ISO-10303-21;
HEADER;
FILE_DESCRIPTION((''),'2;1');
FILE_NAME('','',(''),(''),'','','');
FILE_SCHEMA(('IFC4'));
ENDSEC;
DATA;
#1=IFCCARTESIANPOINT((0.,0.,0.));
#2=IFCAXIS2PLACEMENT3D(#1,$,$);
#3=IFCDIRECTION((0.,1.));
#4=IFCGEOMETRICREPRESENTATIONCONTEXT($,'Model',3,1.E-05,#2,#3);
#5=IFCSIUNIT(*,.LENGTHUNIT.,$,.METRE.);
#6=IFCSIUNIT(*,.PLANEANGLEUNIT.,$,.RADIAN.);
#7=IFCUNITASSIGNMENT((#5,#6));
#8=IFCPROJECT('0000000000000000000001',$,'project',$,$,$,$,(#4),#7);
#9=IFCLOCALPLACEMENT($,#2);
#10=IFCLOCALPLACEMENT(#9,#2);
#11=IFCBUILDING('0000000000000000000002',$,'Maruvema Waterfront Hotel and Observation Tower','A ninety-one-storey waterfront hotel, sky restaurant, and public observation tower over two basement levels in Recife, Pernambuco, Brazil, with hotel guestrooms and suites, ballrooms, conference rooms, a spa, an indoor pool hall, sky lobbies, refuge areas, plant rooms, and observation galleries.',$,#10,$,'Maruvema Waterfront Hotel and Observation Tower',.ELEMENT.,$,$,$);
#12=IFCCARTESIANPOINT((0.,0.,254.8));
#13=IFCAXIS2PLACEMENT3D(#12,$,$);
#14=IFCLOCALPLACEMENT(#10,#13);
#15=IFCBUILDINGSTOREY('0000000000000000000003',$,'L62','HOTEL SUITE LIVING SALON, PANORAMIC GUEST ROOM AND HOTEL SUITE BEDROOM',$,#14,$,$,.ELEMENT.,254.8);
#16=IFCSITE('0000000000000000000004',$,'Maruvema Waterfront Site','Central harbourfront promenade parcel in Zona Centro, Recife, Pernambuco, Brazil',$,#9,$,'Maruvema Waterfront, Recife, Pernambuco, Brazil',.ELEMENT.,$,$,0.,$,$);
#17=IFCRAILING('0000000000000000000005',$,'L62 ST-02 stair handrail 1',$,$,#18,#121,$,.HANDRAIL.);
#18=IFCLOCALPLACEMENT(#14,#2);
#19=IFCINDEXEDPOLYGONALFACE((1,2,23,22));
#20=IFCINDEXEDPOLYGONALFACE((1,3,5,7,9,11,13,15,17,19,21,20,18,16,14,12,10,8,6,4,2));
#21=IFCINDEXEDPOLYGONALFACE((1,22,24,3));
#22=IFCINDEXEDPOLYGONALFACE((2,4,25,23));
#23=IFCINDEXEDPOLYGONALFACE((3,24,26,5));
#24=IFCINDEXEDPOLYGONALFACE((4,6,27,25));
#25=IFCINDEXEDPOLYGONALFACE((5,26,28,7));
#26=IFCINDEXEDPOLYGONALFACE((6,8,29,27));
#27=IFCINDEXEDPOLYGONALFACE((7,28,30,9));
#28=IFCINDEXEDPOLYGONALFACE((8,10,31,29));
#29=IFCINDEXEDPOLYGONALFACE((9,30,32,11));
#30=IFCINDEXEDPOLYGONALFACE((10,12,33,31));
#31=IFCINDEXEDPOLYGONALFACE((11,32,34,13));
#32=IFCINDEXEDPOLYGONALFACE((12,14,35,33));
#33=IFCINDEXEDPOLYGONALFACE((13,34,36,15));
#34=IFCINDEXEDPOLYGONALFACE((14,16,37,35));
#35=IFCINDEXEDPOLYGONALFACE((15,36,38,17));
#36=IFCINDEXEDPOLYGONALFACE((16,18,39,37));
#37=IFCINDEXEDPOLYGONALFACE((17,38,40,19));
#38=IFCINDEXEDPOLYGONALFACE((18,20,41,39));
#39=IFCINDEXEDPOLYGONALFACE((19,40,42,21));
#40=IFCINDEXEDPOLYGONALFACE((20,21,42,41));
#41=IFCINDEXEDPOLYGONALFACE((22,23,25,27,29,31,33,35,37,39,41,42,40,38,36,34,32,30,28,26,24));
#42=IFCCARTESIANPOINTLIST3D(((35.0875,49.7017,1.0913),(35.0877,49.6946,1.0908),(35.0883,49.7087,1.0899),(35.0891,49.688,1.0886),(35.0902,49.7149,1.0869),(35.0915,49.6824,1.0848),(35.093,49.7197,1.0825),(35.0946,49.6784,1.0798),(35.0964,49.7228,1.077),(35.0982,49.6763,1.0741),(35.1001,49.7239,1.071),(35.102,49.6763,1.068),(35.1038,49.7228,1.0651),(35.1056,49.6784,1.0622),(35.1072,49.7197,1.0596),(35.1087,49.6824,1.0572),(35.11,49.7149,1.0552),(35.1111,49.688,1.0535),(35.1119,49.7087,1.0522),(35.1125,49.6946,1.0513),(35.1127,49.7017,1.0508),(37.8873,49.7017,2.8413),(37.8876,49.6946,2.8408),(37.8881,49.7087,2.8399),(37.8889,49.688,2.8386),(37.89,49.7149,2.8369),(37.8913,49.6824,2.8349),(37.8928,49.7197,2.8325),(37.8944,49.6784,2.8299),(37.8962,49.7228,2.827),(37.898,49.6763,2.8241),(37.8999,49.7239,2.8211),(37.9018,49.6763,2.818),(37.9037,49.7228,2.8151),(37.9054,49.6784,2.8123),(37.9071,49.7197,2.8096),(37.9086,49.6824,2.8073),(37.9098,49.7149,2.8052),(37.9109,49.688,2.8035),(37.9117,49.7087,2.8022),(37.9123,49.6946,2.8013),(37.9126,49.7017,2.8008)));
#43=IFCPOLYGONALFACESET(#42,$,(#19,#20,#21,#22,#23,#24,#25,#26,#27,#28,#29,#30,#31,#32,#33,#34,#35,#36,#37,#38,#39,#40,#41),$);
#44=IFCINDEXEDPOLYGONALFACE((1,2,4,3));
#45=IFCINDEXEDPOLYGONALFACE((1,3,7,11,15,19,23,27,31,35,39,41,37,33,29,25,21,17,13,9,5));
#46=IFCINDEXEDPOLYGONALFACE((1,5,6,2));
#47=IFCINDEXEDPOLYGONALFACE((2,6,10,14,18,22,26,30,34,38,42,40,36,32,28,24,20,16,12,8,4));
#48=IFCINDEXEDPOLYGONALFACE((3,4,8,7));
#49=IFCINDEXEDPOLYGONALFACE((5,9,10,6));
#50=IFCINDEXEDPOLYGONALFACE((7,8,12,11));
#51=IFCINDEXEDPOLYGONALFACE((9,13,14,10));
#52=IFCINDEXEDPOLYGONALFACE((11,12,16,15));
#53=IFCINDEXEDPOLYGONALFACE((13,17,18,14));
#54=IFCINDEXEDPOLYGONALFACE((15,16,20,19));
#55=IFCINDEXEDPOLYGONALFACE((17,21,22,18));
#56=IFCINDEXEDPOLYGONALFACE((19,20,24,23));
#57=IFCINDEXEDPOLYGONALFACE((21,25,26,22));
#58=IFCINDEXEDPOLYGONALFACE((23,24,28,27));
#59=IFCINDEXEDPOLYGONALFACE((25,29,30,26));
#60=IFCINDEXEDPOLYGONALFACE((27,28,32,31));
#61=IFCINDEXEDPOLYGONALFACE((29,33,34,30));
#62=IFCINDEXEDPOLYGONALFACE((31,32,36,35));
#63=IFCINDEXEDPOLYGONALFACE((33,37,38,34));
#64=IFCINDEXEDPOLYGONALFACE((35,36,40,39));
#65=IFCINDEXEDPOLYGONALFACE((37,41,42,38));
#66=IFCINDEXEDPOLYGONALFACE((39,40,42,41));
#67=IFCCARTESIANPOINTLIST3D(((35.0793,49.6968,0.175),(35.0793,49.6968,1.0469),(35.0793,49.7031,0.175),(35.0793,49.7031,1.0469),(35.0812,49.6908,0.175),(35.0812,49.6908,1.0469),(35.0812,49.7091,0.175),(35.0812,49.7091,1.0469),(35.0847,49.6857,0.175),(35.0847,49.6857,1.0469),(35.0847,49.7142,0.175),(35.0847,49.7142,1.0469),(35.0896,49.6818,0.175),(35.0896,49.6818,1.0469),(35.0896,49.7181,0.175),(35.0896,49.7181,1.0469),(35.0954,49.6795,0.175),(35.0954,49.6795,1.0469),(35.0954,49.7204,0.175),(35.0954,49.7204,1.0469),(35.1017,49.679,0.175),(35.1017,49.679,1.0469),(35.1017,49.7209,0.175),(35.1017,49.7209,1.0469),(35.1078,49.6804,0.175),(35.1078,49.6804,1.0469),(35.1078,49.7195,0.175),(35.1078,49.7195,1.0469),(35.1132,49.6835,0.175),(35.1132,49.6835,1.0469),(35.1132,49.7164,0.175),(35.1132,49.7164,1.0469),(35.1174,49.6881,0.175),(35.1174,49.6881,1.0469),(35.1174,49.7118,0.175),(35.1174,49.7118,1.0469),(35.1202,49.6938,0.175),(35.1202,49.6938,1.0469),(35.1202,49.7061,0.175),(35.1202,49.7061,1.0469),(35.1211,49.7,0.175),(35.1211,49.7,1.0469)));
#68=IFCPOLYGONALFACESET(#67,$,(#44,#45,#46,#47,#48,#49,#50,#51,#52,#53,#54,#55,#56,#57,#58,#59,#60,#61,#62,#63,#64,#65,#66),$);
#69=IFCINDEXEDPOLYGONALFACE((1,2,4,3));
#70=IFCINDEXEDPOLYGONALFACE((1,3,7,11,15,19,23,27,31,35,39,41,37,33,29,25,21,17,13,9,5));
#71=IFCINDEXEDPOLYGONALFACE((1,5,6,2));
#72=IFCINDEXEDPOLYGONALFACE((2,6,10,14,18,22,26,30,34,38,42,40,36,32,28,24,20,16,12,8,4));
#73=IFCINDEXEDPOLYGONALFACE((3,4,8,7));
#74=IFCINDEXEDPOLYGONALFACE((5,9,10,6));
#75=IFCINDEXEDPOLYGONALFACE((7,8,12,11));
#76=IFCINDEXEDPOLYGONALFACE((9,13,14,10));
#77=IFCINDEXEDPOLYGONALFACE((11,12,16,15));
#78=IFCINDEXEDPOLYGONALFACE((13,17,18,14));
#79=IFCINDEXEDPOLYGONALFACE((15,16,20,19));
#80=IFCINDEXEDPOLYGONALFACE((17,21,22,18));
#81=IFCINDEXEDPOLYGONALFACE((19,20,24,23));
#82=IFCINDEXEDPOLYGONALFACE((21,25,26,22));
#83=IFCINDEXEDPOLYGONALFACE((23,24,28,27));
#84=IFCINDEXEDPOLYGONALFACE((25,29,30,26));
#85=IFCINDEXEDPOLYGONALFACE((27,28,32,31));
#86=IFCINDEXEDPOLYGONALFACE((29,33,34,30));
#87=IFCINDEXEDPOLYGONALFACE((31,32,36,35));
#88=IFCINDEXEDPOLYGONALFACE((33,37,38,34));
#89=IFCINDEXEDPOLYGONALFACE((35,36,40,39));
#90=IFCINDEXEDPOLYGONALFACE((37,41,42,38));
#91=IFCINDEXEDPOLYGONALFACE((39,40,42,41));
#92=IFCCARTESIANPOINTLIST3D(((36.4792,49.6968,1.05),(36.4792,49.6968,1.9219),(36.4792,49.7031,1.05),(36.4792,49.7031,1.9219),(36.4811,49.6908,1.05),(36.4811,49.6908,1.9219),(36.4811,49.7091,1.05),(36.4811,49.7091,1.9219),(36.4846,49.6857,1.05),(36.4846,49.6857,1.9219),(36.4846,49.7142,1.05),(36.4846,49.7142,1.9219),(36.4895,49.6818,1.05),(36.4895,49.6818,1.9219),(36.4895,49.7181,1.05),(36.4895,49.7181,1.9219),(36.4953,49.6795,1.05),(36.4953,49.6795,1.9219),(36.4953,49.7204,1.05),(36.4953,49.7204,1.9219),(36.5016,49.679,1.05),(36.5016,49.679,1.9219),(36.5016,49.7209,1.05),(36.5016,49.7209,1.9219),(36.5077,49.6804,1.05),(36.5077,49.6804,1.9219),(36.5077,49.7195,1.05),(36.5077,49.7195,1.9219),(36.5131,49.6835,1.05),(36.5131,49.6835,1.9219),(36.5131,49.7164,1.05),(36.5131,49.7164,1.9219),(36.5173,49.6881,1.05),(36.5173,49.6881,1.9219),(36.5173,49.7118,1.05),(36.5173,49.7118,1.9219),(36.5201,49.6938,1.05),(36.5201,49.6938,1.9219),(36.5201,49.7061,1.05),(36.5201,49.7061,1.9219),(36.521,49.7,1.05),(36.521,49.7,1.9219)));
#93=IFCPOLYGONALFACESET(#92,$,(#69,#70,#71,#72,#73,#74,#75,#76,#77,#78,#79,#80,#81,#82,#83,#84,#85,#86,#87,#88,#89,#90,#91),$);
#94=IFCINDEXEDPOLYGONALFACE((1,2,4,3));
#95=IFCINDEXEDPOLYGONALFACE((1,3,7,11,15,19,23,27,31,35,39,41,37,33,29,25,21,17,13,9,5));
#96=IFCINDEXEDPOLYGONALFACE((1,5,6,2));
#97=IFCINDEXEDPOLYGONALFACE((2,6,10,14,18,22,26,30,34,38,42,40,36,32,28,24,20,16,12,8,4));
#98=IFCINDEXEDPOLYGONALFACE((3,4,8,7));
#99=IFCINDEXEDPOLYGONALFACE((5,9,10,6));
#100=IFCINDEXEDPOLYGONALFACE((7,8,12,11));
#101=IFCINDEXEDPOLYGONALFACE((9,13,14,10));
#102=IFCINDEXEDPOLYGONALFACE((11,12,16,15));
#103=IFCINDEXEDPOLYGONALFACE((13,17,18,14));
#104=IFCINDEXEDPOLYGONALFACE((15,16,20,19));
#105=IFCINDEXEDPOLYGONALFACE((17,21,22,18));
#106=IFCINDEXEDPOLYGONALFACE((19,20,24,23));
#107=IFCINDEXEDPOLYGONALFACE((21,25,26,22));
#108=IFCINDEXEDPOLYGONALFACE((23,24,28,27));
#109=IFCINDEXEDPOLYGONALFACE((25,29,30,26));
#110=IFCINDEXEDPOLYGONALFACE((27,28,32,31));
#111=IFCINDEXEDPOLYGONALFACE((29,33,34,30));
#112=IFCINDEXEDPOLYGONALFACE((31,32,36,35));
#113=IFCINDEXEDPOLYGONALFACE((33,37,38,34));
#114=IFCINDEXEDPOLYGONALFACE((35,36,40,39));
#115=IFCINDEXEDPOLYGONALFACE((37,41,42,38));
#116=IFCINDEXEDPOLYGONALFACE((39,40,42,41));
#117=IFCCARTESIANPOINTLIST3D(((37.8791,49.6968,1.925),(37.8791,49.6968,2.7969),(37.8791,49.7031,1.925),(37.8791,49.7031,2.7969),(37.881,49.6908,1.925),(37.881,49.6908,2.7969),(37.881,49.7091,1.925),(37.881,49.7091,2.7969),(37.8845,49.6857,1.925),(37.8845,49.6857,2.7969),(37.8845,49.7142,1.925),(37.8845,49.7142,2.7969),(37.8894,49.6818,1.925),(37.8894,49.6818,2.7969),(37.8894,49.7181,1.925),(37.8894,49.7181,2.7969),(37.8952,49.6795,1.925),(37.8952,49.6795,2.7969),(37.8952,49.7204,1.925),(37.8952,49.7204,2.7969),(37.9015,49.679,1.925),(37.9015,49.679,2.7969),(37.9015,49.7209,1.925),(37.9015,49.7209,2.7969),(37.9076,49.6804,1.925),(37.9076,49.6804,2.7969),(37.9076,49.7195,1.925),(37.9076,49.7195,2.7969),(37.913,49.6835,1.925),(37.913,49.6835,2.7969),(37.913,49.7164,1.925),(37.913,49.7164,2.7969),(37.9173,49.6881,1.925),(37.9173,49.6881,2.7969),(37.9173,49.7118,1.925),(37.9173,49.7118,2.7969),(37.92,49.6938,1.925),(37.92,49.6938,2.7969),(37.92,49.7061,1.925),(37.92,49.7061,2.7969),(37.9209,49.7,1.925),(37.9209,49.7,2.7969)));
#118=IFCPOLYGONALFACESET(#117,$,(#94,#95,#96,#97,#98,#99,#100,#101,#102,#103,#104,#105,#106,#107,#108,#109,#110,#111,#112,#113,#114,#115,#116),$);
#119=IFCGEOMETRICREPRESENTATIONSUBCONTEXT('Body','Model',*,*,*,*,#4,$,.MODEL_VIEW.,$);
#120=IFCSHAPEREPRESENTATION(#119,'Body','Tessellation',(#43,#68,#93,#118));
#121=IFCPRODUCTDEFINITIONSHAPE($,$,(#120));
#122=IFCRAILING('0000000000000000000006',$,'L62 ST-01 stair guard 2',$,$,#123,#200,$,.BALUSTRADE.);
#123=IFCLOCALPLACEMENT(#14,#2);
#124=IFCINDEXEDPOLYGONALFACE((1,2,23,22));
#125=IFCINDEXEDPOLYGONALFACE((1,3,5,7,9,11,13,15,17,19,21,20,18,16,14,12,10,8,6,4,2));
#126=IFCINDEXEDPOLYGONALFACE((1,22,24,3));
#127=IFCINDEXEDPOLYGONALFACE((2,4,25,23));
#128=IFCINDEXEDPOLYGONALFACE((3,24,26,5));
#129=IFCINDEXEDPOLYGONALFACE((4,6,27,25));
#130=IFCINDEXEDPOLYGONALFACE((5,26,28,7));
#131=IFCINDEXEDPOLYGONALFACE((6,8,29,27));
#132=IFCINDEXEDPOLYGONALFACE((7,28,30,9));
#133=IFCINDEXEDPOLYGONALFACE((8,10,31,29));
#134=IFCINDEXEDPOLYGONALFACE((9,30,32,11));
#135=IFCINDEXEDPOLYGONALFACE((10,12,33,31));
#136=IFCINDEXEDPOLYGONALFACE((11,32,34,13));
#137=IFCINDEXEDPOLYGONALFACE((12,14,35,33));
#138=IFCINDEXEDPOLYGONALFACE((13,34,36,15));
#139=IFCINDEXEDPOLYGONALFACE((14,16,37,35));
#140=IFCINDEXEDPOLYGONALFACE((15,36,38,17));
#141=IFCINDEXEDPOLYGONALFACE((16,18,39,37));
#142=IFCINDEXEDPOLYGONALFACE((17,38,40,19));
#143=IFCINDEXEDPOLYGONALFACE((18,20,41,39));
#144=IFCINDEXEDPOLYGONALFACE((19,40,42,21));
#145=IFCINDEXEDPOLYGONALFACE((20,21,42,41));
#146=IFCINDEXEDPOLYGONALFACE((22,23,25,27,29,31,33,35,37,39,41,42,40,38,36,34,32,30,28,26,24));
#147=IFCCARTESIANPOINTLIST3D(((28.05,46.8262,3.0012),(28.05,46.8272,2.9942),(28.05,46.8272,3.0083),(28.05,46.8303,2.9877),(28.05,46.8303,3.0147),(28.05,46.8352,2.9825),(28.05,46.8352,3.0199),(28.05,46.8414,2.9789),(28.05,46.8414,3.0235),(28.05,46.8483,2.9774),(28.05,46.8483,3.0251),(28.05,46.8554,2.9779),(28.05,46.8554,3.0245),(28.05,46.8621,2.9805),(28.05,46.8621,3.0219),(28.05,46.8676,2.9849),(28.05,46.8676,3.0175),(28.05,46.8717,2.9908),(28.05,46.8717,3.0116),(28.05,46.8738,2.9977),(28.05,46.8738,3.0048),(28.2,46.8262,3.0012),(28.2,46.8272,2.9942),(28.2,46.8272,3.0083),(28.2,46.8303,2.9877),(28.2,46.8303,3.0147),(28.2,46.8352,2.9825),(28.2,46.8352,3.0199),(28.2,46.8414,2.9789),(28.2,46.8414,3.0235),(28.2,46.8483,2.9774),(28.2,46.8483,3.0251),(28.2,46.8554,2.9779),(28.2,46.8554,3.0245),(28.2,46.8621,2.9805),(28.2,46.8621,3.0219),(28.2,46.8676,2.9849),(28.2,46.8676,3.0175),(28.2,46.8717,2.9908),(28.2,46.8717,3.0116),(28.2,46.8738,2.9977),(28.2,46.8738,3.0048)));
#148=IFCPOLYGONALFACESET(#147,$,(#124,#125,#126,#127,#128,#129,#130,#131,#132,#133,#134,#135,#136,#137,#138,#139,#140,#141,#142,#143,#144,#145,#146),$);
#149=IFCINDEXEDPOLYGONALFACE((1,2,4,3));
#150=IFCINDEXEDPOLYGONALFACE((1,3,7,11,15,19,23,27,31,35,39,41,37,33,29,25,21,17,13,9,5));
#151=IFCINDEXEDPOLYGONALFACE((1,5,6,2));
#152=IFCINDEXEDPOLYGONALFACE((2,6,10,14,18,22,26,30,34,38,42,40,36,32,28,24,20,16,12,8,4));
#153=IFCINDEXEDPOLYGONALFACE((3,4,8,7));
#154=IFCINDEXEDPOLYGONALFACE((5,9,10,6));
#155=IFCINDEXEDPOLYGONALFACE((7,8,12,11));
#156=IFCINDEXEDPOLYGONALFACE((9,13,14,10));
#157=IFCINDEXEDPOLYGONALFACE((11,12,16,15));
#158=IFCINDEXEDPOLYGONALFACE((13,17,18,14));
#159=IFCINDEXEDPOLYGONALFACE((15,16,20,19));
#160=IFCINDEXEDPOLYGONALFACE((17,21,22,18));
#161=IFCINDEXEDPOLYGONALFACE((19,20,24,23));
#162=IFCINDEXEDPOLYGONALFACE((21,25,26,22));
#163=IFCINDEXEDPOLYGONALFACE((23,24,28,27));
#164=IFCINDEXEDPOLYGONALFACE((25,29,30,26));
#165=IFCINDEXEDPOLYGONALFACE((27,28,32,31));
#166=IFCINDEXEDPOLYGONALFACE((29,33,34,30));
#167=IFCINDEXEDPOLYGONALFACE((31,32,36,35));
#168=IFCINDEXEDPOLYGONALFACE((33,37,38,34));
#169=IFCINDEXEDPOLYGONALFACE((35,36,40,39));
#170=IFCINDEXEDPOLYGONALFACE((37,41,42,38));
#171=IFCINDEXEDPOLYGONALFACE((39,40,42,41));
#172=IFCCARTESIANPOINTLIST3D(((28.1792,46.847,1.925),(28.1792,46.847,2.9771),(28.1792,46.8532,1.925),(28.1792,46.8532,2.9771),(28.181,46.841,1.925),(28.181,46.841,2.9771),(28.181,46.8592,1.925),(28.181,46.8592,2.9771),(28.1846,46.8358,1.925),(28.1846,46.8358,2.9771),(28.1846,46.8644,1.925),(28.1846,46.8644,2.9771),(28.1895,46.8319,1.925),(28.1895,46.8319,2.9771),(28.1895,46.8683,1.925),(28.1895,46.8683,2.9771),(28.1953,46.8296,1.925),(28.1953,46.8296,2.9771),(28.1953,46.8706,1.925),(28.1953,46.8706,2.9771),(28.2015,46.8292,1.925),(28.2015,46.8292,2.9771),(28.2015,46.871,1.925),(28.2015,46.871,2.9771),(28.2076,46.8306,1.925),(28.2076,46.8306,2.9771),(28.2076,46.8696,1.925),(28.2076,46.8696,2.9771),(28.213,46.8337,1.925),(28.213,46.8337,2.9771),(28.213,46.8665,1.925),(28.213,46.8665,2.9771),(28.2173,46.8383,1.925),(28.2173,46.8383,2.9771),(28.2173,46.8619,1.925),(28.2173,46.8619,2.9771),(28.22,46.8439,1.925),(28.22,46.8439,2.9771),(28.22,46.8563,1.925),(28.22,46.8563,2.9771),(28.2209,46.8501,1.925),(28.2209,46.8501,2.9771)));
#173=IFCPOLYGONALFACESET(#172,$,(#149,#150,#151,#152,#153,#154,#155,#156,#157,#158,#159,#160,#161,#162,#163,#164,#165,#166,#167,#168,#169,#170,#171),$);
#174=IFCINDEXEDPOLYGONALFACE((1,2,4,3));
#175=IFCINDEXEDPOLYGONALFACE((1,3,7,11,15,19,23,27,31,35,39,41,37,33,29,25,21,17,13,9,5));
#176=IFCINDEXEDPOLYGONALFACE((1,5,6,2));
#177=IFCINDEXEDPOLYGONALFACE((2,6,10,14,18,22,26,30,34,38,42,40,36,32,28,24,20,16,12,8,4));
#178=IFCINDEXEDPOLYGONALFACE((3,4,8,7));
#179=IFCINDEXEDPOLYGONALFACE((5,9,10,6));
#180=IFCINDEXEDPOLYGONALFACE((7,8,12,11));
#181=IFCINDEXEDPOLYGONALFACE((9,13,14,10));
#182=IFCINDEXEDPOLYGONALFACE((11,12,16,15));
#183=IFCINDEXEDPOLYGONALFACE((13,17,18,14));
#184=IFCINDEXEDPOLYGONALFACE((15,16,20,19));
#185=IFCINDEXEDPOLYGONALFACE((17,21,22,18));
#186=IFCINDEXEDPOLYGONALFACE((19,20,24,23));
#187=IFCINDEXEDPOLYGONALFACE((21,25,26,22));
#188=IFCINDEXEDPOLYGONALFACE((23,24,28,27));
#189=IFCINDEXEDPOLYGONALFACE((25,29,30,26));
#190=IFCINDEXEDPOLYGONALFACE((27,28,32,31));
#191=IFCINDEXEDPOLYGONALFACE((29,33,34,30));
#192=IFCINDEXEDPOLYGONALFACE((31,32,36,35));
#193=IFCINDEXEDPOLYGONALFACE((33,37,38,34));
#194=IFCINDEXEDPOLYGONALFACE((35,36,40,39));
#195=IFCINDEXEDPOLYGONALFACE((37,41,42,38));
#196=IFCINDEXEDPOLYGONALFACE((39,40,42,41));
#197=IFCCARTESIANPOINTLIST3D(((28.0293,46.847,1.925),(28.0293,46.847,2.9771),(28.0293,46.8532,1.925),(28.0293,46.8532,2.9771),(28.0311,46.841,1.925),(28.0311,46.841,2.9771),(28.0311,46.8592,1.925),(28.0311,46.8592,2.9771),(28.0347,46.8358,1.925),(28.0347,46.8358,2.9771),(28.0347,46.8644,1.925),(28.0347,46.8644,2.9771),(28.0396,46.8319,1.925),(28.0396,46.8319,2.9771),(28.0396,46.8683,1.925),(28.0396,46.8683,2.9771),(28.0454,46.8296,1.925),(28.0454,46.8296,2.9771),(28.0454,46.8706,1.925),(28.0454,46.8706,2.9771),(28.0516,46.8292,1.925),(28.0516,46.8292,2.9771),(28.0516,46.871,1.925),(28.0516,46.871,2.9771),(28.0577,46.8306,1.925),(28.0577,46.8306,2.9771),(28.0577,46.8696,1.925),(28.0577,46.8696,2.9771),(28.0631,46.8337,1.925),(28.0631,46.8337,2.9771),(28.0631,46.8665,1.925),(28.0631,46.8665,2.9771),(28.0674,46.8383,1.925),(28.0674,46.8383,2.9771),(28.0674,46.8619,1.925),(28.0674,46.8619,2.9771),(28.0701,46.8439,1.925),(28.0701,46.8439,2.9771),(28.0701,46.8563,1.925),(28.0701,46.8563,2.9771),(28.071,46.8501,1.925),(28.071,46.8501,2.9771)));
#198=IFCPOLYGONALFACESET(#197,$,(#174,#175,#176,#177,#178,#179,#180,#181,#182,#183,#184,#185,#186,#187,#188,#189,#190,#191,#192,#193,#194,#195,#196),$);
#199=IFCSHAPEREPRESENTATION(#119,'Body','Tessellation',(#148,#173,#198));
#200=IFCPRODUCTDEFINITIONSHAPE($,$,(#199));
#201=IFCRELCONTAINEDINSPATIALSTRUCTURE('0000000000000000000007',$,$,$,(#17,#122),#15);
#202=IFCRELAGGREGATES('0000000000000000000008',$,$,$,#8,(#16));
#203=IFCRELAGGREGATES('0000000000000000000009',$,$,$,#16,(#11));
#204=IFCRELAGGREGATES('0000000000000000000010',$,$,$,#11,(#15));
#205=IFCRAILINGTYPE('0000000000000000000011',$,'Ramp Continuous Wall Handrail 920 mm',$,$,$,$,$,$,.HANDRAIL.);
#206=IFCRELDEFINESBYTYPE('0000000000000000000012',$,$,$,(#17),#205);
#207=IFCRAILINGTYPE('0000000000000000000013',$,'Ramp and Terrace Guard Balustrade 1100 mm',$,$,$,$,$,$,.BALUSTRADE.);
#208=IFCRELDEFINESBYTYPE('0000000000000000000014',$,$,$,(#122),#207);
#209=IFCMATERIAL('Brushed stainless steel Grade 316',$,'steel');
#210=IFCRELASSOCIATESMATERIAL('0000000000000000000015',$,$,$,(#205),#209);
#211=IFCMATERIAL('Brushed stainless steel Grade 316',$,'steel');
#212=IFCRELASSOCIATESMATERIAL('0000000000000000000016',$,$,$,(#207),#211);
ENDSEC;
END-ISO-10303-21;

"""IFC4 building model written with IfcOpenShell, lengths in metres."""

from ifc_helpers import new_model, si_unit, direction, frame, origin, origin_2d, place, context, subcontext, project, spatial, circle, extrude, material, type_object, element, save


model = new_model("IFC4")

# Units and contexts
model_context = context("Model", 3, precision=1e-05, world=origin(), true_north=direction((0.0, 1.0)))
body_context = subcontext(model_context, "Body", "Model", "MODEL_VIEW")
ifc_project = project(units=[si_unit("LENGTHUNIT", "METRE"), si_unit("PLANEANGLEUNIT", "RADIAN")], contexts=[model_context])

# Site, building, storey
site_placement = place(None, origin())
site = spatial("IfcSite", under=ifc_project, at=site_placement, Name="Maruvema Waterfront Site", Description="Central harbourfront promenade parcel in Zona Centro, Recife, Pernambuco, Brazil", LongName="Maruvema Waterfront, Recife, Pernambuco, Brazil", CompositionType="ELEMENT", RefElevation=0.0)
building_placement = place(site_placement, origin())
building = spatial("IfcBuilding", under=site, at=building_placement, Name="Maruvema Waterfront Hotel and Observation Tower", Description="A ninety-one-storey waterfront hotel, sky restaurant, and public observation tower over two basement levels in Recife, Pernambuco, Brazil, with hotel guestrooms and suites, ballrooms, conference rooms, a spa, an indoor pool hall, sky lobbies, refuge areas, plant rooms, and observation galleries.", LongName="Maruvema Waterfront Hotel and Observation Tower", CompositionType="ELEMENT")
storey_placement = place(building_placement, frame((0.0, 0.0, 254.8)))
storey = spatial("IfcBuildingStorey", under=building, at=storey_placement, Name="L62", Description="HOTEL SUITE LIVING SALON, PANORAMIC GUEST ROOM AND HOTEL SUITE BEDROOM", CompositionType="ELEMENT", Elevation=254.8)

# Railings
ifc_material_1 = material(Name="Brushed stainless steel Grade 316", Category="steel")
railing_type_1 = type_object("IfcRailingType", Name="Ramp Continuous Wall Handrail 920 mm", PredefinedType="HANDRAIL", material=ifc_material_1)
railing_1_placement = place(storey_placement, frame((35.1001, 49.7, 0.175)))
element("IfcRailing", 1, at=railing_1_placement, inside=storey, type_object=railing_type_1, Name="L62 ST-02 stair handrail 1", PredefinedType="HANDRAIL", context=body_context, shape_type="SweptSolid", body=[
    extrude(circle(Radius=0.0239, at=origin_2d()), frame((0.0, 0.0, 0.896), z_axis=(0.847982, 0.0, 0.530026), x_axis=(0.0, 1.0, 0.0)), (0.0, 0.0, 1.0), 3.3018),
    extrude(circle(Radius=0.021, at=origin_2d()), origin(), (0.0, 0.0, 1.0), 0.8718),
    extrude(circle(Radius=0.021, at=origin_2d()), frame((1.3999, 0.0, 0.875)), (0.0, 0.0, 1.0), 0.8718),
    extrude(circle(Radius=0.021, at=origin_2d()), frame((2.7998, 0.0, 1.75)), (0.0, 0.0, 1.0), 0.8718),
])
ifc_material_2 = material(Name="Brushed stainless steel Grade 316", Category="steel")
railing_type_2 = type_object("IfcRailingType", Name="Ramp and Terrace Guard Balustrade 1100 mm", PredefinedType="BALUSTRADE", material=ifc_material_2)
railing_2_placement = place(storey_placement, frame((28.2, 46.8501, 1.925)))
element("IfcRailing", 2, at=railing_2_placement, inside=storey, type_object=railing_type_2, Name="L62 ST-01 stair guard 2", PredefinedType="BALUSTRADE", context=body_context, shape_type="SweptSolid", body=[
    extrude(circle(Radius=0.0239, at=origin_2d()), frame((0.0, 0.0, 1.0762), z_axis=(-1.0, 0.0, 0.0), x_axis=(0.0, -1.0, 0.0)), (0.0, 0.0, 1.0), 0.1499),
    extrude(circle(Radius=0.021, at=origin_2d()), origin(), (0.0, 0.0, 1.0), 1.052),
    extrude(circle(Radius=0.021, at=origin_2d()), frame((-0.1499, 0.0, 0.0)), (0.0, 0.0, 1.0), 1.052),
])

save(model, "model.ifc")
